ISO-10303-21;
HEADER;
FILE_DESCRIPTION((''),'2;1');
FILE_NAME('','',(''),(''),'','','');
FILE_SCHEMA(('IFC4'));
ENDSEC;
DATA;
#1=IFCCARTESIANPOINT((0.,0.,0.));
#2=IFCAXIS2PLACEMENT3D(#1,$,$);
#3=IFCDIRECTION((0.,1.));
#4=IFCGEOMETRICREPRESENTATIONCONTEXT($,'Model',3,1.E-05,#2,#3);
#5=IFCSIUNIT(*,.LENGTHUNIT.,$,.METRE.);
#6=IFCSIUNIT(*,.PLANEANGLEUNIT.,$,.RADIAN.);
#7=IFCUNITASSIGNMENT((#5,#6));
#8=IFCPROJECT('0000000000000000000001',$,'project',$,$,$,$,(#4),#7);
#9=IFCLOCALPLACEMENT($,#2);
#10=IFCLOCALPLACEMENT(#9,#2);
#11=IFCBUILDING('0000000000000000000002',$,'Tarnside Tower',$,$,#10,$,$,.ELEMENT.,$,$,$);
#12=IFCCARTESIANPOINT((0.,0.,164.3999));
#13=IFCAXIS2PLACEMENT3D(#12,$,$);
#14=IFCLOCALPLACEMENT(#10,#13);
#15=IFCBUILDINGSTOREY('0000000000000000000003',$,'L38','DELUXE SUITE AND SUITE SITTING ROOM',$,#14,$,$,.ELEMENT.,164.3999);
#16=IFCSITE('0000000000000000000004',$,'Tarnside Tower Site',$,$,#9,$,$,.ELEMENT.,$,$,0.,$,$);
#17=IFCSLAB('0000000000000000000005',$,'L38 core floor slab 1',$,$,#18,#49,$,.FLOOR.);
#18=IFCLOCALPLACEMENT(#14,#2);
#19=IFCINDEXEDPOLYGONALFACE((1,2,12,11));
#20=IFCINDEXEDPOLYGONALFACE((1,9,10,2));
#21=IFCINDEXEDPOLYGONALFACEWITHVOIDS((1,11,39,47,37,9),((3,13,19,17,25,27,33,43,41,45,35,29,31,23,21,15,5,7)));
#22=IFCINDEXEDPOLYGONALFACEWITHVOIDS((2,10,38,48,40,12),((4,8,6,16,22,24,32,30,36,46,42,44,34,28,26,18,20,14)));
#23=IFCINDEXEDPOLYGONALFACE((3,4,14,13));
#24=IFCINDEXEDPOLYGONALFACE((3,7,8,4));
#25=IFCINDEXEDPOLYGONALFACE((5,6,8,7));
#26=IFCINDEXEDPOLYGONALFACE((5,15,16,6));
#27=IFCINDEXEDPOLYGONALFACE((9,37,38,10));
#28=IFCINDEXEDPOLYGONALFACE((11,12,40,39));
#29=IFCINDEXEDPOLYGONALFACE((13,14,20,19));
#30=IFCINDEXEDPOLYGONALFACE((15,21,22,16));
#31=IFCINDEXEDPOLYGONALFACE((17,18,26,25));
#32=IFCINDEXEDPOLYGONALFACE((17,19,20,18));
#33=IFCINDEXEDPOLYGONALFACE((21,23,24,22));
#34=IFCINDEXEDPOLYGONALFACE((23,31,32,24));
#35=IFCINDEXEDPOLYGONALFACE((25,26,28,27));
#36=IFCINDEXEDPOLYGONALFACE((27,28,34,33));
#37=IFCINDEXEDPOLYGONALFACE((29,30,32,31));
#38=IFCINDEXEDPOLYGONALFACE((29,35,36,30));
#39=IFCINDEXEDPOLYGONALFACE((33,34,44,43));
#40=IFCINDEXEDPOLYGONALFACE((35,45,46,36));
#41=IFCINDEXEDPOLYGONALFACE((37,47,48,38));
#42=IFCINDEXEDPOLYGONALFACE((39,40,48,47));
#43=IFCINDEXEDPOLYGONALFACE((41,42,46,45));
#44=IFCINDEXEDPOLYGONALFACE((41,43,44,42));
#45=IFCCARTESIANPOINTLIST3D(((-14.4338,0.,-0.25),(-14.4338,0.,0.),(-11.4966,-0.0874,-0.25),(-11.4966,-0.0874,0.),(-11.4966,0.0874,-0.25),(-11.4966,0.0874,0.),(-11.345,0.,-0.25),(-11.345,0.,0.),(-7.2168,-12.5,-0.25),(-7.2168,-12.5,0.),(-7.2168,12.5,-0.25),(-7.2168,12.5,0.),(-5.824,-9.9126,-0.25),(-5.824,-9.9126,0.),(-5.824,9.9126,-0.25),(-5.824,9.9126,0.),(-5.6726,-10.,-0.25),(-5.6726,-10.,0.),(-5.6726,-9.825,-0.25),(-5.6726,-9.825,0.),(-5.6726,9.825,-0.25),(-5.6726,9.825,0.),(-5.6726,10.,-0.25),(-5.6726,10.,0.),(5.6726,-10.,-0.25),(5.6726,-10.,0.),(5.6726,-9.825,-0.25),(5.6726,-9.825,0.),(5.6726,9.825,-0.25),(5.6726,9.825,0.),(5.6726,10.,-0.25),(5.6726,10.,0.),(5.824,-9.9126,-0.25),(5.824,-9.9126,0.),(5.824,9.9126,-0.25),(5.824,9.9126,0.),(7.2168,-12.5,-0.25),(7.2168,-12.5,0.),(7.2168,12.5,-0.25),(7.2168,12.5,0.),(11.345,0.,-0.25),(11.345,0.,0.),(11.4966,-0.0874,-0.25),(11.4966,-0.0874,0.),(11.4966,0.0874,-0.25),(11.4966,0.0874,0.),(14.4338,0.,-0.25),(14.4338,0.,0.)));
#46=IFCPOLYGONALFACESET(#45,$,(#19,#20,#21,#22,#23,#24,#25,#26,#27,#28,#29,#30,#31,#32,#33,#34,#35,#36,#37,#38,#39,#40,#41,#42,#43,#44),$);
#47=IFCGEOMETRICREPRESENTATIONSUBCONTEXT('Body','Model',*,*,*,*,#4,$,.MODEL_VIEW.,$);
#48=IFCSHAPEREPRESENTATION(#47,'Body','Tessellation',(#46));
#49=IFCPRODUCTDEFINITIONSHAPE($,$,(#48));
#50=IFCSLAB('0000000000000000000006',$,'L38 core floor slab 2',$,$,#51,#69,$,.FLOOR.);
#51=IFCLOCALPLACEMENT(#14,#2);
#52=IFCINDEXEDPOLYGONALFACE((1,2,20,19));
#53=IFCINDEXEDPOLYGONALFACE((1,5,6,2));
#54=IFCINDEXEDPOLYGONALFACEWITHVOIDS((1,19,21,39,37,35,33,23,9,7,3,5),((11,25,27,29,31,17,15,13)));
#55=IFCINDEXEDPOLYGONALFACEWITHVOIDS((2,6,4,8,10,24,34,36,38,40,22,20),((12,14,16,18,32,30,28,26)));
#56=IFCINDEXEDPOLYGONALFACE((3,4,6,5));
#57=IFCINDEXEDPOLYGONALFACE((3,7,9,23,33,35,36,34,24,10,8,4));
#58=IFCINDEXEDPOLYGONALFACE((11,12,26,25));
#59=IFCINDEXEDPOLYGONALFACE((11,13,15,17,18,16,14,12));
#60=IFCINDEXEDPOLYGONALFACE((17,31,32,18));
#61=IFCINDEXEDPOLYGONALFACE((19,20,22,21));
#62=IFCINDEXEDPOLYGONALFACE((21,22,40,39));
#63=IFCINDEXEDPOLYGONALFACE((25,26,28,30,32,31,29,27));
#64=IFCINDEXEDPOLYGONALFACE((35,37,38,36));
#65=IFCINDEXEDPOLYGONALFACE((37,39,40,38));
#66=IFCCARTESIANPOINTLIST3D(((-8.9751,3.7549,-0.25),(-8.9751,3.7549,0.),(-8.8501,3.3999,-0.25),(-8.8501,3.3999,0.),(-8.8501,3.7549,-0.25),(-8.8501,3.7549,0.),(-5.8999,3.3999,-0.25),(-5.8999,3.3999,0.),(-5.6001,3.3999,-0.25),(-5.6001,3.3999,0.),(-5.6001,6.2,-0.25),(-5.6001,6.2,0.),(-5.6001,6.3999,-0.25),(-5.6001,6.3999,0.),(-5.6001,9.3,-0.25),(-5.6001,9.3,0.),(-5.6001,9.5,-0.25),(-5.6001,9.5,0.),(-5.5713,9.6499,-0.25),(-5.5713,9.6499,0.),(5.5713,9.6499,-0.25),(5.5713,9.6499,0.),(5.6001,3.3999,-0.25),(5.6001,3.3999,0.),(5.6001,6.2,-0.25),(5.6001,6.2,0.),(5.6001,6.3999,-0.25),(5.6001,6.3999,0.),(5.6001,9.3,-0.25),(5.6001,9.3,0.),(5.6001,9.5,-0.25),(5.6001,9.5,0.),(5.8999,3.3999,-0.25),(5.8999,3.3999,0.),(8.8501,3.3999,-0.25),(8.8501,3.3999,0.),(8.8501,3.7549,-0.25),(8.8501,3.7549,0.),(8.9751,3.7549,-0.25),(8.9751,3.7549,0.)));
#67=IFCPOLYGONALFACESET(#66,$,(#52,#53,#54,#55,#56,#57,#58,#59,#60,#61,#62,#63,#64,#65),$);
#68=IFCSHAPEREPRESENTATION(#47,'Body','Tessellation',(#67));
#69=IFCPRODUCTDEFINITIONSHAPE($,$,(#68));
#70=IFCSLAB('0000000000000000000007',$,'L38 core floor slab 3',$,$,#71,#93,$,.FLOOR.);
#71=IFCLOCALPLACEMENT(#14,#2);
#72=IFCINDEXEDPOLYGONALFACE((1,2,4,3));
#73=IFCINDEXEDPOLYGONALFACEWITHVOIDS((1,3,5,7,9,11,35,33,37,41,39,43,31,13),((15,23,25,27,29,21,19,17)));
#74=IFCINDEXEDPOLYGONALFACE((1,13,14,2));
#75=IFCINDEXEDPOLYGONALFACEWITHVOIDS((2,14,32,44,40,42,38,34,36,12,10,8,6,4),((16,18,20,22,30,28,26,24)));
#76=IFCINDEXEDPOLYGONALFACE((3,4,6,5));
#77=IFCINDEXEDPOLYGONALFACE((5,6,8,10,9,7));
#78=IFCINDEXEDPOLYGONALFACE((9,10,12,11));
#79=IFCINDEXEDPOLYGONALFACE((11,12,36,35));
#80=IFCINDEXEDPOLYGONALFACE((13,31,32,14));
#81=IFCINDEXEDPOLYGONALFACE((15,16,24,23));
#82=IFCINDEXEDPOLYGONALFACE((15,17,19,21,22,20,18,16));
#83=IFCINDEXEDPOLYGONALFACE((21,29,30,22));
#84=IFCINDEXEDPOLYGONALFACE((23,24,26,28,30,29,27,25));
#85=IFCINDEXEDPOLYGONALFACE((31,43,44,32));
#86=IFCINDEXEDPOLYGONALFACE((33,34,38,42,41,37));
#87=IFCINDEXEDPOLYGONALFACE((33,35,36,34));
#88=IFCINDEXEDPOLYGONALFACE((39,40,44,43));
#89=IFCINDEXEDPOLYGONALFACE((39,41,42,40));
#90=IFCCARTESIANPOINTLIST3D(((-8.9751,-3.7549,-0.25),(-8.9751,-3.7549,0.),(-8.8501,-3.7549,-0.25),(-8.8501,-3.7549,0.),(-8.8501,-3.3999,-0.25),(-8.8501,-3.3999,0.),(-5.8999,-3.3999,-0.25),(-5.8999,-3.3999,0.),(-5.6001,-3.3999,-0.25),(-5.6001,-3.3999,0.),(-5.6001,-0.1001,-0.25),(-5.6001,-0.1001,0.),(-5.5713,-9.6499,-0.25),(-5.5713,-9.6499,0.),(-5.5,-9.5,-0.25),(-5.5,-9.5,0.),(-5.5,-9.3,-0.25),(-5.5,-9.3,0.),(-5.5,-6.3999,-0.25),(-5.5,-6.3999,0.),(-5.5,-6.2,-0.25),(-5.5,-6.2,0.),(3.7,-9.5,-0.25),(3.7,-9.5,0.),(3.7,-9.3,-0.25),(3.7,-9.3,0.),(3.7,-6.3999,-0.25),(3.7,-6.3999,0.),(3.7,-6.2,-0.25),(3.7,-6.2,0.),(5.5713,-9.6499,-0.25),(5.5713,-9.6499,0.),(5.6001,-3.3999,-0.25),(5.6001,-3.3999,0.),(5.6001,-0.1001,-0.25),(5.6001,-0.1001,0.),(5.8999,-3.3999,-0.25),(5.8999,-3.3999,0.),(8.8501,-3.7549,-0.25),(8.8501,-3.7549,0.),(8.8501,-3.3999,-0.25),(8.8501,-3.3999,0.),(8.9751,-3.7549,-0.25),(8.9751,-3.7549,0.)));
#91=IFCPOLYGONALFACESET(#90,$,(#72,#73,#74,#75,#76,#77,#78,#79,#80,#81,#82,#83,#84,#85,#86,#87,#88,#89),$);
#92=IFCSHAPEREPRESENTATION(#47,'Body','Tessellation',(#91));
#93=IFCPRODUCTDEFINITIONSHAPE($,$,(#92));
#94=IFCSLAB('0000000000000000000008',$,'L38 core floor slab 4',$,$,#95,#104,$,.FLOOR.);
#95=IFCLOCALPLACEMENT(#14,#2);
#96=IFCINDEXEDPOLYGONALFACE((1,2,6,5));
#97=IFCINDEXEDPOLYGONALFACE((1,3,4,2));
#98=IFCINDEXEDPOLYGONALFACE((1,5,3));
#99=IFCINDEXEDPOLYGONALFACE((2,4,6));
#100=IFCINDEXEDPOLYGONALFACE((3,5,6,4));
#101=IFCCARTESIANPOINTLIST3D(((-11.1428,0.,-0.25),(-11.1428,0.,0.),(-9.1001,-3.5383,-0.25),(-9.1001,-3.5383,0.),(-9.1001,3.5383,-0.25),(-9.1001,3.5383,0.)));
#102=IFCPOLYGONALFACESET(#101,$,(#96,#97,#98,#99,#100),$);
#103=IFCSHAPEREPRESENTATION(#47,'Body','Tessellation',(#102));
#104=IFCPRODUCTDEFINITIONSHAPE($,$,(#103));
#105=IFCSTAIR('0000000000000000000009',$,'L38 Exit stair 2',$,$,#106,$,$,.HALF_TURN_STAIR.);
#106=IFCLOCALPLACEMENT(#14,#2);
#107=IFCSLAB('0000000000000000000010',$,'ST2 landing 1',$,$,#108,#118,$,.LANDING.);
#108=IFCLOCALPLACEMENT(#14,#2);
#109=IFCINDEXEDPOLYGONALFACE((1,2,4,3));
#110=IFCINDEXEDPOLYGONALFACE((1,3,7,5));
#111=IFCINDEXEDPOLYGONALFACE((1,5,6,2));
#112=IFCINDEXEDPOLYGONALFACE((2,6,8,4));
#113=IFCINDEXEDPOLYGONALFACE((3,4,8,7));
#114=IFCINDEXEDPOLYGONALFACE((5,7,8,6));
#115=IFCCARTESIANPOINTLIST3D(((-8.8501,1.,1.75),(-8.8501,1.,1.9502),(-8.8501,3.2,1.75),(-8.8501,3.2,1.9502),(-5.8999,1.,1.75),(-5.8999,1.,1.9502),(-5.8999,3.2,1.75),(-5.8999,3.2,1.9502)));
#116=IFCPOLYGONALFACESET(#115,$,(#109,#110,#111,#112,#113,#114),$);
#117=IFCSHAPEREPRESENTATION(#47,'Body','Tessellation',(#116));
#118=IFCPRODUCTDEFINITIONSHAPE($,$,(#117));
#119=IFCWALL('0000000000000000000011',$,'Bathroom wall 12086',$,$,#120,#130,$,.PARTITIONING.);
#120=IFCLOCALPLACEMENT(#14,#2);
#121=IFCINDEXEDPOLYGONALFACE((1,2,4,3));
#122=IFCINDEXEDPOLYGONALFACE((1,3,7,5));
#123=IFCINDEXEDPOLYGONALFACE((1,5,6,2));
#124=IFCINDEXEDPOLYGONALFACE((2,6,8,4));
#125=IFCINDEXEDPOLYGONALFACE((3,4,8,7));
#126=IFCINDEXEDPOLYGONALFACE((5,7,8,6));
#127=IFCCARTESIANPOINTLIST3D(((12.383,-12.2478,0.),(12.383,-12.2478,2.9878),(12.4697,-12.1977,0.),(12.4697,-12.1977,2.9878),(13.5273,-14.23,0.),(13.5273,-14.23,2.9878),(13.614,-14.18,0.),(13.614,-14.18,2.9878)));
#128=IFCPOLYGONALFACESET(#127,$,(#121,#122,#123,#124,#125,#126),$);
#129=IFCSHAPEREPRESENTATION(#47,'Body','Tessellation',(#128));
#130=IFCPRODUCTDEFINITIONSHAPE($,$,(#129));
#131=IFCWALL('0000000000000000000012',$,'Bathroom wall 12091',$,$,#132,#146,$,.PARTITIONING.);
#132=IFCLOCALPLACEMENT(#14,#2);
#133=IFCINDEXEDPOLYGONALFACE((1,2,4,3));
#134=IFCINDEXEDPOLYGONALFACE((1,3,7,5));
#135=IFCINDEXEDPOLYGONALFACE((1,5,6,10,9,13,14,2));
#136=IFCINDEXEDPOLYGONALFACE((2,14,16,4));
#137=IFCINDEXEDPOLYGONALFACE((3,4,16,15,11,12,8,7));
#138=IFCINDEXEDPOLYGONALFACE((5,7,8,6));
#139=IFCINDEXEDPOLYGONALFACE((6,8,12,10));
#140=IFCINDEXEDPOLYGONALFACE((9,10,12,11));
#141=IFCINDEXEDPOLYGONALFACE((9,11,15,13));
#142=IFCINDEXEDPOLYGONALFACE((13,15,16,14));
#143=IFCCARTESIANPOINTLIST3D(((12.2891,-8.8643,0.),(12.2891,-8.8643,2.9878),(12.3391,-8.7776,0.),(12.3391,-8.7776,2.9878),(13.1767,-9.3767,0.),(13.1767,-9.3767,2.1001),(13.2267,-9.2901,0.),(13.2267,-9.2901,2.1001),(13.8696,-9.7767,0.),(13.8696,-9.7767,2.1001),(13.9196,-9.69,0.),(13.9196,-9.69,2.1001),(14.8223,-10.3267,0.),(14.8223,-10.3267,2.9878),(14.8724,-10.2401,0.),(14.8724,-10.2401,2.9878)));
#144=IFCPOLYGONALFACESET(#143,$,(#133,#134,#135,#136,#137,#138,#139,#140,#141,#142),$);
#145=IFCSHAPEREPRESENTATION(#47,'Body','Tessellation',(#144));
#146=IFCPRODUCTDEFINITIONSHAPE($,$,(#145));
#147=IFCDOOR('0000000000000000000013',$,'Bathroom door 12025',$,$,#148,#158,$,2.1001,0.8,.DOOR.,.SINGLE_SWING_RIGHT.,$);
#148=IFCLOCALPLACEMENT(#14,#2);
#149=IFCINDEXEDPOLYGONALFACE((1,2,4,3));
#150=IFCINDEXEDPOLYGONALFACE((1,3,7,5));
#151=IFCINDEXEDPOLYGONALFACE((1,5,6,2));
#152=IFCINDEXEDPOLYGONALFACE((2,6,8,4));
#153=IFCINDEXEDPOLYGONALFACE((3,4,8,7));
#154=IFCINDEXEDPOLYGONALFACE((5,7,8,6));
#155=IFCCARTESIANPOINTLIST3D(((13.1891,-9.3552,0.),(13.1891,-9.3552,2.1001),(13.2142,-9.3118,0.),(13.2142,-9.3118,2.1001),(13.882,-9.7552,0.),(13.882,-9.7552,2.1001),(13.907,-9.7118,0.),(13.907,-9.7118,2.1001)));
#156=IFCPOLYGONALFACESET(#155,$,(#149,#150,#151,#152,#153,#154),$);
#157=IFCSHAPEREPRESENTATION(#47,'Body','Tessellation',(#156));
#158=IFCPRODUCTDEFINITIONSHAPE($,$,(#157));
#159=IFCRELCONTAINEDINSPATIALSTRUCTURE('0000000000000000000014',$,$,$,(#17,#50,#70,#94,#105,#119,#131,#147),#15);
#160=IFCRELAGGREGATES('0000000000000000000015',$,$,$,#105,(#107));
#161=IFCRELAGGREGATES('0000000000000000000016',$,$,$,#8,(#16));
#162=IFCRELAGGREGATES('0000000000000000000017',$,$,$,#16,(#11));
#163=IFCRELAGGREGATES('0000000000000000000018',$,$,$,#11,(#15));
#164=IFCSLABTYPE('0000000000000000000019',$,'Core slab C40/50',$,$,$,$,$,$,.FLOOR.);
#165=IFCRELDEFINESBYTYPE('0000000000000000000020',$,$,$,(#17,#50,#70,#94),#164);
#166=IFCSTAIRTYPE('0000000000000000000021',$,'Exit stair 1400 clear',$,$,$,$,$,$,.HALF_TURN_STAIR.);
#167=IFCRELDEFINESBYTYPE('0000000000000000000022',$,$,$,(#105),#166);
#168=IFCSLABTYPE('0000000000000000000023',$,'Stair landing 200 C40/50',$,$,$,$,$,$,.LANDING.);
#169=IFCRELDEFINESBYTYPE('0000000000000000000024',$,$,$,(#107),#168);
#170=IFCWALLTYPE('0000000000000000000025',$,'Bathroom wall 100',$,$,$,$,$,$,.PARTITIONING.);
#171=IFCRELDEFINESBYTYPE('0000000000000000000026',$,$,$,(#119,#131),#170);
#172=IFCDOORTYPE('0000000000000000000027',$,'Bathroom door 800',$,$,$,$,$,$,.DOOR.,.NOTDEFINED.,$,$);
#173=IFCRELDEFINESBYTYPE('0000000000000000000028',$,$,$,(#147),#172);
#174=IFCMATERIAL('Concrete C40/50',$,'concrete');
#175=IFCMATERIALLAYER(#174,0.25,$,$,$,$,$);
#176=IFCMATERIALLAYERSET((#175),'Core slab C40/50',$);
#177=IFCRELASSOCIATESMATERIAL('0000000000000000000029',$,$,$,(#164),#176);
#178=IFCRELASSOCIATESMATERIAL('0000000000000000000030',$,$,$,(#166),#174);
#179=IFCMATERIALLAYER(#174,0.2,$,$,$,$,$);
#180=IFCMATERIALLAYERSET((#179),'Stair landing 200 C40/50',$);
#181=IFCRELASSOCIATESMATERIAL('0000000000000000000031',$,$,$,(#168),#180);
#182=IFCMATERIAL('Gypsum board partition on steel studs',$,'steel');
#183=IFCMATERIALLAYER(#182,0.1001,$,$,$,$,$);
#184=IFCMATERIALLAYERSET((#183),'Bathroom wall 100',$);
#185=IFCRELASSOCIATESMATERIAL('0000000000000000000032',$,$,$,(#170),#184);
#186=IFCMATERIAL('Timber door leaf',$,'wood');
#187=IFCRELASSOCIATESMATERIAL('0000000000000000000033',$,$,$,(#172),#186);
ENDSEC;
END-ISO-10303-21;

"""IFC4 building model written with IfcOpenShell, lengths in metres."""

from ifc_helpers import new_model, si_unit, direction, frame, frame_2d, origin, place, context, subcontext, project, spatial, polyline, rectangle, outline, extrude, material, layer, layer_set, type_object, element, fill, aggregate, save


model = new_model("IFC4")

# Units and contexts
model_context = context("Model", 3, precision=1e-05, world=origin(), true_north=direction((0.0, 1.0)))
body_context = subcontext(model_context, "Body", "Model", "MODEL_VIEW")
ifc_project = project(units=[si_unit("LENGTHUNIT", "METRE"), si_unit("PLANEANGLEUNIT", "RADIAN")], contexts=[model_context])

# Site, building, storey
site_placement = place(None, origin())
site = spatial("IfcSite", under=ifc_project, at=site_placement, Name="Tarnside Tower Site", CompositionType="ELEMENT", RefElevation=0.0)
building_placement = place(site_placement, origin())
building = spatial("IfcBuilding", under=site, at=building_placement, Name="Tarnside Tower", CompositionType="ELEMENT")
storey_placement = place(building_placement, frame((0.0, 0.0, 164.3999)))
storey = spatial("IfcBuildingStorey", under=building, at=storey_placement, Name="L38", Description="DELUXE SUITE AND SUITE SITTING ROOM", CompositionType="ELEMENT", Elevation=164.3999)

# Slabs
ifc_material_1 = material(Name="Concrete C40/50", Category="concrete")
ifc_layer_1 = layer(ifc_material_1, 0.25)
ifc_layer_set_1 = layer_set([ifc_layer_1], Name="Core slab C40/50")
slab_type_1 = type_object("IfcSlabType", Name="Core slab C40/50", PredefinedType="FLOOR", material=ifc_layer_set_1)
slab_1_placement = place(storey_placement, frame((0.0, 0.0, -0.25)))
element("IfcSlab", 1, at=slab_1_placement, inside=storey, type_object=slab_type_1, Name="L38 core floor slab 1", PredefinedType="FLOOR", context=body_context, shape_type="SweptSolid", body=[
    extrude(outline(polyline([(-7.2168, 12.5), (7.2168, 12.5), (14.4338, 0.0), (7.2168, -12.5), (-7.2168, -12.5), (-14.4338, 0.0), (-7.2168, 12.5)]), holes=[polyline([(5.824, -9.9126), (11.4966, -0.0874), (11.345, 0.0), (11.4966, 0.0874), (5.824, 9.9126), (5.6726, 9.825), (5.6726, 10.0), (-5.6726, 10.0), (-5.6726, 9.825), (-5.824, 9.9126), (-11.4966, 0.0874), (-11.345, 0.0), (-11.4966, -0.0874), (-5.824, -9.9126), (-5.6726, -9.825), (-5.6726, -10.0), (5.6726, -10.0), (5.6726, -9.825), (5.824, -9.9126)])]), origin(), (0.0, 0.0, 1.0), 0.25),
])
slab_2_placement = place(storey_placement, frame((0.0, 0.0, -0.25)))
element("IfcSlab", 2, at=slab_2_placement, inside=storey, type_object=slab_type_1, Name="L38 core floor slab 2", PredefinedType="FLOOR", context=body_context, shape_type="SweptSolid", body=[
    extrude(outline(polyline([(-8.9751, 3.7549), (-5.5713, 9.6499), (5.5713, 9.6499), (8.9751, 3.7549), (8.8501, 3.7549), (8.8501, 3.3999), (5.8999, 3.3999), (5.6001, 3.3999), (5.6001, 3.3999), (-5.6001, 3.3999), (-5.8999, 3.3999), (-8.8501, 3.3999), (-8.8501, 3.7549), (-8.9751, 3.7549)]), holes=[polyline([(-5.6001, 6.2), (5.6001, 6.2), (5.6001, 6.3999), (5.6001, 9.3), (5.6001, 9.5), (-5.6001, 9.5), (-5.6001, 9.3), (-5.6001, 6.3999), (-5.6001, 6.2)])]), origin(), (0.0, 0.0, 1.0), 0.25),
])
slab_3_placement = place(storey_placement, frame((0.0, 0.0, -0.25)))
element("IfcSlab", 3, at=slab_3_placement, inside=storey, type_object=slab_type_1, Name="L38 core floor slab 3", PredefinedType="FLOOR", context=body_context, shape_type="SweptSolid", body=[
    extrude(outline(polyline([(5.6001, -3.3999), (5.8999, -3.3999), (8.8501, -3.3999), (8.8501, -3.7549), (8.9751, -3.7549), (5.5713, -9.6499), (-5.5713, -9.6499), (-8.9751, -3.7549), (-8.8501, -3.7549), (-8.8501, -3.3999), (-5.8999, -3.3999), (-5.6001, -3.3999), (-5.6001, -0.1001), (5.6001, -0.1001), (5.6001, -3.3999)]), holes=[polyline([(-5.5, -9.3), (-5.5, -9.5), (3.7, -9.5), (3.7, -9.3), (3.7, -6.3999), (3.7, -6.2), (-5.5, -6.2), (-5.5, -6.3999), (-5.5, -9.3)])]), origin(), (0.0, 0.0, 1.0), 0.25),
])
slab_4_placement = place(storey_placement, frame((0.0, 0.0, -0.25)))
element("IfcSlab", 4, at=slab_4_placement, inside=storey, type_object=slab_type_1, Name="L38 core floor slab 4", PredefinedType="FLOOR", context=body_context, shape_type="SweptSolid", body=[
    extrude(outline(polyline([(-11.1428, 0.0), (-9.1001, 3.5383), (-9.1001, -3.5383), (-11.1428, 0.0)])), origin(), (0.0, 0.0, 1.0), 0.25),
])

# Stair, slab
stair_type = type_object("IfcStairType", Name="Exit stair 1400 clear", PredefinedType="HALF_TURN_STAIR", material=ifc_material_1)
stair_1_placement = place(storey_placement, origin())
stair_1 = element("IfcStair", 5, at=stair_1_placement, inside=storey, type_object=stair_type, Name="L38 Exit stair 2", PredefinedType="HALF_TURN_STAIR")
ifc_layer_2 = layer(ifc_material_1, 0.2)
ifc_layer_set_2 = layer_set([ifc_layer_2], Name="Stair landing 200 C40/50")
slab_type_2 = type_object("IfcSlabType", Name="Stair landing 200 C40/50", PredefinedType="LANDING", material=ifc_layer_set_2)
slab_5_placement = place(storey_placement, frame((0.0, 0.0, 1.75)))
slab_5 = element("IfcSlab", 6, at=slab_5_placement, type_object=slab_type_2, Name="ST2 landing 1", PredefinedType="LANDING", context=body_context, shape_type="SweptSolid", body=[
    extrude(outline(polyline([(-5.8999, 1.0), (-5.8999, 3.2), (-8.8501, 3.2), (-8.8501, 1.0), (-5.8999, 1.0)])), origin(), (0.0, 0.0, 1.0), 0.2002),
])
aggregate(stair_1, [slab_5])

# Wall
ifc_material_2 = material(Name="Gypsum board partition on steel studs", Category="steel")
ifc_layer_3 = layer(ifc_material_2, 0.1001)
ifc_layer_set_3 = layer_set([ifc_layer_3], Name="Bathroom wall 100")
wall_type_1 = type_object("IfcWallType", Name="Bathroom wall 100", PredefinedType="PARTITIONING", material=ifc_layer_set_3)
wall_1_placement = place(storey_placement, frame((12.4263, -12.2227, 0.0), z_axis=(0.0, 0.0, 1.0), x_axis=(0.499959, -0.866049, 0.0)))
element("IfcWall", 7, at=wall_1_placement, inside=storey, type_object=wall_type_1, Name="Bathroom wall 12086", PredefinedType="PARTITIONING", context=body_context, shape_type="SweptSolid", body=[
    extrude(rectangle(XDim=2.2888, YDim=0.1001, at=frame_2d((1.1445, 0.0))), origin(), (0.0, 0.0, 1.0), 2.9878),
])

# Wall, opening, door
wall_2_placement = place(storey_placement, frame((12.3142, -8.821, 0.0), z_axis=(0.0, 0.0, 1.0), x_axis=(0.866047, -0.499963, 0.0)))
wall_2 = element("IfcWall", 8, at=wall_2_placement, inside=storey, type_object=wall_type_1, Name="Bathroom wall 12091", PredefinedType="PARTITIONING", context=body_context, shape_type="SweptSolid", body=[
    extrude(rectangle(XDim=2.925, YDim=0.1001, at=frame_2d((1.4624, 0.0))), origin(), (0.0, 0.0, 1.0), 2.9878),
])
opening_1_placement = place(wall_2_placement, frame((1.0249, 0.0, 0.0)))
opening_1 = element("IfcOpeningElement", 9, at=opening_1_placement, cuts=wall_2, PredefinedType="OPENING", context=body_context, shape_type="SweptSolid", body=[
    extrude(rectangle(XDim=0.8, YDim=2.1001, at=frame_2d((0.3999, 1.05))), frame((0.0, 0.0601, 0.0), z_axis=(0.0, -1.0, 0.0), x_axis=(1.0, 0.0, 0.0)), (0.0, 0.0, 1.0), 0.1201),
])
ifc_material_3 = material(Name="Timber door leaf", Category="wood")
door_type_1 = type_object("IfcDoorType", Name="Bathroom door 800", OperationType="NOTDEFINED", PredefinedType="DOOR", material=ifc_material_3)
door_1_placement = place(opening_1_placement, origin())
door_1 = element("IfcDoor", 10, at=door_1_placement, inside=storey, type_object=door_type_1, Name="Bathroom door 12025", OperationType="SINGLE_SWING_RIGHT", OverallHeight=2.1001, OverallWidth=0.8, PredefinedType="DOOR", context=body_context, shape_type="SweptSolid", body=[
    extrude(rectangle(XDim=0.8, YDim=2.1001, at=frame_2d((0.3999, 1.05))), frame((0.0, 0.0249, 0.0), z_axis=(0.0, -1.0, 0.0), x_axis=(1.0, 0.0, 0.0)), (0.0, 0.0, 1.0), 0.05),
])
fill(opening_1, door_1)

save(model, "model.ifc")
